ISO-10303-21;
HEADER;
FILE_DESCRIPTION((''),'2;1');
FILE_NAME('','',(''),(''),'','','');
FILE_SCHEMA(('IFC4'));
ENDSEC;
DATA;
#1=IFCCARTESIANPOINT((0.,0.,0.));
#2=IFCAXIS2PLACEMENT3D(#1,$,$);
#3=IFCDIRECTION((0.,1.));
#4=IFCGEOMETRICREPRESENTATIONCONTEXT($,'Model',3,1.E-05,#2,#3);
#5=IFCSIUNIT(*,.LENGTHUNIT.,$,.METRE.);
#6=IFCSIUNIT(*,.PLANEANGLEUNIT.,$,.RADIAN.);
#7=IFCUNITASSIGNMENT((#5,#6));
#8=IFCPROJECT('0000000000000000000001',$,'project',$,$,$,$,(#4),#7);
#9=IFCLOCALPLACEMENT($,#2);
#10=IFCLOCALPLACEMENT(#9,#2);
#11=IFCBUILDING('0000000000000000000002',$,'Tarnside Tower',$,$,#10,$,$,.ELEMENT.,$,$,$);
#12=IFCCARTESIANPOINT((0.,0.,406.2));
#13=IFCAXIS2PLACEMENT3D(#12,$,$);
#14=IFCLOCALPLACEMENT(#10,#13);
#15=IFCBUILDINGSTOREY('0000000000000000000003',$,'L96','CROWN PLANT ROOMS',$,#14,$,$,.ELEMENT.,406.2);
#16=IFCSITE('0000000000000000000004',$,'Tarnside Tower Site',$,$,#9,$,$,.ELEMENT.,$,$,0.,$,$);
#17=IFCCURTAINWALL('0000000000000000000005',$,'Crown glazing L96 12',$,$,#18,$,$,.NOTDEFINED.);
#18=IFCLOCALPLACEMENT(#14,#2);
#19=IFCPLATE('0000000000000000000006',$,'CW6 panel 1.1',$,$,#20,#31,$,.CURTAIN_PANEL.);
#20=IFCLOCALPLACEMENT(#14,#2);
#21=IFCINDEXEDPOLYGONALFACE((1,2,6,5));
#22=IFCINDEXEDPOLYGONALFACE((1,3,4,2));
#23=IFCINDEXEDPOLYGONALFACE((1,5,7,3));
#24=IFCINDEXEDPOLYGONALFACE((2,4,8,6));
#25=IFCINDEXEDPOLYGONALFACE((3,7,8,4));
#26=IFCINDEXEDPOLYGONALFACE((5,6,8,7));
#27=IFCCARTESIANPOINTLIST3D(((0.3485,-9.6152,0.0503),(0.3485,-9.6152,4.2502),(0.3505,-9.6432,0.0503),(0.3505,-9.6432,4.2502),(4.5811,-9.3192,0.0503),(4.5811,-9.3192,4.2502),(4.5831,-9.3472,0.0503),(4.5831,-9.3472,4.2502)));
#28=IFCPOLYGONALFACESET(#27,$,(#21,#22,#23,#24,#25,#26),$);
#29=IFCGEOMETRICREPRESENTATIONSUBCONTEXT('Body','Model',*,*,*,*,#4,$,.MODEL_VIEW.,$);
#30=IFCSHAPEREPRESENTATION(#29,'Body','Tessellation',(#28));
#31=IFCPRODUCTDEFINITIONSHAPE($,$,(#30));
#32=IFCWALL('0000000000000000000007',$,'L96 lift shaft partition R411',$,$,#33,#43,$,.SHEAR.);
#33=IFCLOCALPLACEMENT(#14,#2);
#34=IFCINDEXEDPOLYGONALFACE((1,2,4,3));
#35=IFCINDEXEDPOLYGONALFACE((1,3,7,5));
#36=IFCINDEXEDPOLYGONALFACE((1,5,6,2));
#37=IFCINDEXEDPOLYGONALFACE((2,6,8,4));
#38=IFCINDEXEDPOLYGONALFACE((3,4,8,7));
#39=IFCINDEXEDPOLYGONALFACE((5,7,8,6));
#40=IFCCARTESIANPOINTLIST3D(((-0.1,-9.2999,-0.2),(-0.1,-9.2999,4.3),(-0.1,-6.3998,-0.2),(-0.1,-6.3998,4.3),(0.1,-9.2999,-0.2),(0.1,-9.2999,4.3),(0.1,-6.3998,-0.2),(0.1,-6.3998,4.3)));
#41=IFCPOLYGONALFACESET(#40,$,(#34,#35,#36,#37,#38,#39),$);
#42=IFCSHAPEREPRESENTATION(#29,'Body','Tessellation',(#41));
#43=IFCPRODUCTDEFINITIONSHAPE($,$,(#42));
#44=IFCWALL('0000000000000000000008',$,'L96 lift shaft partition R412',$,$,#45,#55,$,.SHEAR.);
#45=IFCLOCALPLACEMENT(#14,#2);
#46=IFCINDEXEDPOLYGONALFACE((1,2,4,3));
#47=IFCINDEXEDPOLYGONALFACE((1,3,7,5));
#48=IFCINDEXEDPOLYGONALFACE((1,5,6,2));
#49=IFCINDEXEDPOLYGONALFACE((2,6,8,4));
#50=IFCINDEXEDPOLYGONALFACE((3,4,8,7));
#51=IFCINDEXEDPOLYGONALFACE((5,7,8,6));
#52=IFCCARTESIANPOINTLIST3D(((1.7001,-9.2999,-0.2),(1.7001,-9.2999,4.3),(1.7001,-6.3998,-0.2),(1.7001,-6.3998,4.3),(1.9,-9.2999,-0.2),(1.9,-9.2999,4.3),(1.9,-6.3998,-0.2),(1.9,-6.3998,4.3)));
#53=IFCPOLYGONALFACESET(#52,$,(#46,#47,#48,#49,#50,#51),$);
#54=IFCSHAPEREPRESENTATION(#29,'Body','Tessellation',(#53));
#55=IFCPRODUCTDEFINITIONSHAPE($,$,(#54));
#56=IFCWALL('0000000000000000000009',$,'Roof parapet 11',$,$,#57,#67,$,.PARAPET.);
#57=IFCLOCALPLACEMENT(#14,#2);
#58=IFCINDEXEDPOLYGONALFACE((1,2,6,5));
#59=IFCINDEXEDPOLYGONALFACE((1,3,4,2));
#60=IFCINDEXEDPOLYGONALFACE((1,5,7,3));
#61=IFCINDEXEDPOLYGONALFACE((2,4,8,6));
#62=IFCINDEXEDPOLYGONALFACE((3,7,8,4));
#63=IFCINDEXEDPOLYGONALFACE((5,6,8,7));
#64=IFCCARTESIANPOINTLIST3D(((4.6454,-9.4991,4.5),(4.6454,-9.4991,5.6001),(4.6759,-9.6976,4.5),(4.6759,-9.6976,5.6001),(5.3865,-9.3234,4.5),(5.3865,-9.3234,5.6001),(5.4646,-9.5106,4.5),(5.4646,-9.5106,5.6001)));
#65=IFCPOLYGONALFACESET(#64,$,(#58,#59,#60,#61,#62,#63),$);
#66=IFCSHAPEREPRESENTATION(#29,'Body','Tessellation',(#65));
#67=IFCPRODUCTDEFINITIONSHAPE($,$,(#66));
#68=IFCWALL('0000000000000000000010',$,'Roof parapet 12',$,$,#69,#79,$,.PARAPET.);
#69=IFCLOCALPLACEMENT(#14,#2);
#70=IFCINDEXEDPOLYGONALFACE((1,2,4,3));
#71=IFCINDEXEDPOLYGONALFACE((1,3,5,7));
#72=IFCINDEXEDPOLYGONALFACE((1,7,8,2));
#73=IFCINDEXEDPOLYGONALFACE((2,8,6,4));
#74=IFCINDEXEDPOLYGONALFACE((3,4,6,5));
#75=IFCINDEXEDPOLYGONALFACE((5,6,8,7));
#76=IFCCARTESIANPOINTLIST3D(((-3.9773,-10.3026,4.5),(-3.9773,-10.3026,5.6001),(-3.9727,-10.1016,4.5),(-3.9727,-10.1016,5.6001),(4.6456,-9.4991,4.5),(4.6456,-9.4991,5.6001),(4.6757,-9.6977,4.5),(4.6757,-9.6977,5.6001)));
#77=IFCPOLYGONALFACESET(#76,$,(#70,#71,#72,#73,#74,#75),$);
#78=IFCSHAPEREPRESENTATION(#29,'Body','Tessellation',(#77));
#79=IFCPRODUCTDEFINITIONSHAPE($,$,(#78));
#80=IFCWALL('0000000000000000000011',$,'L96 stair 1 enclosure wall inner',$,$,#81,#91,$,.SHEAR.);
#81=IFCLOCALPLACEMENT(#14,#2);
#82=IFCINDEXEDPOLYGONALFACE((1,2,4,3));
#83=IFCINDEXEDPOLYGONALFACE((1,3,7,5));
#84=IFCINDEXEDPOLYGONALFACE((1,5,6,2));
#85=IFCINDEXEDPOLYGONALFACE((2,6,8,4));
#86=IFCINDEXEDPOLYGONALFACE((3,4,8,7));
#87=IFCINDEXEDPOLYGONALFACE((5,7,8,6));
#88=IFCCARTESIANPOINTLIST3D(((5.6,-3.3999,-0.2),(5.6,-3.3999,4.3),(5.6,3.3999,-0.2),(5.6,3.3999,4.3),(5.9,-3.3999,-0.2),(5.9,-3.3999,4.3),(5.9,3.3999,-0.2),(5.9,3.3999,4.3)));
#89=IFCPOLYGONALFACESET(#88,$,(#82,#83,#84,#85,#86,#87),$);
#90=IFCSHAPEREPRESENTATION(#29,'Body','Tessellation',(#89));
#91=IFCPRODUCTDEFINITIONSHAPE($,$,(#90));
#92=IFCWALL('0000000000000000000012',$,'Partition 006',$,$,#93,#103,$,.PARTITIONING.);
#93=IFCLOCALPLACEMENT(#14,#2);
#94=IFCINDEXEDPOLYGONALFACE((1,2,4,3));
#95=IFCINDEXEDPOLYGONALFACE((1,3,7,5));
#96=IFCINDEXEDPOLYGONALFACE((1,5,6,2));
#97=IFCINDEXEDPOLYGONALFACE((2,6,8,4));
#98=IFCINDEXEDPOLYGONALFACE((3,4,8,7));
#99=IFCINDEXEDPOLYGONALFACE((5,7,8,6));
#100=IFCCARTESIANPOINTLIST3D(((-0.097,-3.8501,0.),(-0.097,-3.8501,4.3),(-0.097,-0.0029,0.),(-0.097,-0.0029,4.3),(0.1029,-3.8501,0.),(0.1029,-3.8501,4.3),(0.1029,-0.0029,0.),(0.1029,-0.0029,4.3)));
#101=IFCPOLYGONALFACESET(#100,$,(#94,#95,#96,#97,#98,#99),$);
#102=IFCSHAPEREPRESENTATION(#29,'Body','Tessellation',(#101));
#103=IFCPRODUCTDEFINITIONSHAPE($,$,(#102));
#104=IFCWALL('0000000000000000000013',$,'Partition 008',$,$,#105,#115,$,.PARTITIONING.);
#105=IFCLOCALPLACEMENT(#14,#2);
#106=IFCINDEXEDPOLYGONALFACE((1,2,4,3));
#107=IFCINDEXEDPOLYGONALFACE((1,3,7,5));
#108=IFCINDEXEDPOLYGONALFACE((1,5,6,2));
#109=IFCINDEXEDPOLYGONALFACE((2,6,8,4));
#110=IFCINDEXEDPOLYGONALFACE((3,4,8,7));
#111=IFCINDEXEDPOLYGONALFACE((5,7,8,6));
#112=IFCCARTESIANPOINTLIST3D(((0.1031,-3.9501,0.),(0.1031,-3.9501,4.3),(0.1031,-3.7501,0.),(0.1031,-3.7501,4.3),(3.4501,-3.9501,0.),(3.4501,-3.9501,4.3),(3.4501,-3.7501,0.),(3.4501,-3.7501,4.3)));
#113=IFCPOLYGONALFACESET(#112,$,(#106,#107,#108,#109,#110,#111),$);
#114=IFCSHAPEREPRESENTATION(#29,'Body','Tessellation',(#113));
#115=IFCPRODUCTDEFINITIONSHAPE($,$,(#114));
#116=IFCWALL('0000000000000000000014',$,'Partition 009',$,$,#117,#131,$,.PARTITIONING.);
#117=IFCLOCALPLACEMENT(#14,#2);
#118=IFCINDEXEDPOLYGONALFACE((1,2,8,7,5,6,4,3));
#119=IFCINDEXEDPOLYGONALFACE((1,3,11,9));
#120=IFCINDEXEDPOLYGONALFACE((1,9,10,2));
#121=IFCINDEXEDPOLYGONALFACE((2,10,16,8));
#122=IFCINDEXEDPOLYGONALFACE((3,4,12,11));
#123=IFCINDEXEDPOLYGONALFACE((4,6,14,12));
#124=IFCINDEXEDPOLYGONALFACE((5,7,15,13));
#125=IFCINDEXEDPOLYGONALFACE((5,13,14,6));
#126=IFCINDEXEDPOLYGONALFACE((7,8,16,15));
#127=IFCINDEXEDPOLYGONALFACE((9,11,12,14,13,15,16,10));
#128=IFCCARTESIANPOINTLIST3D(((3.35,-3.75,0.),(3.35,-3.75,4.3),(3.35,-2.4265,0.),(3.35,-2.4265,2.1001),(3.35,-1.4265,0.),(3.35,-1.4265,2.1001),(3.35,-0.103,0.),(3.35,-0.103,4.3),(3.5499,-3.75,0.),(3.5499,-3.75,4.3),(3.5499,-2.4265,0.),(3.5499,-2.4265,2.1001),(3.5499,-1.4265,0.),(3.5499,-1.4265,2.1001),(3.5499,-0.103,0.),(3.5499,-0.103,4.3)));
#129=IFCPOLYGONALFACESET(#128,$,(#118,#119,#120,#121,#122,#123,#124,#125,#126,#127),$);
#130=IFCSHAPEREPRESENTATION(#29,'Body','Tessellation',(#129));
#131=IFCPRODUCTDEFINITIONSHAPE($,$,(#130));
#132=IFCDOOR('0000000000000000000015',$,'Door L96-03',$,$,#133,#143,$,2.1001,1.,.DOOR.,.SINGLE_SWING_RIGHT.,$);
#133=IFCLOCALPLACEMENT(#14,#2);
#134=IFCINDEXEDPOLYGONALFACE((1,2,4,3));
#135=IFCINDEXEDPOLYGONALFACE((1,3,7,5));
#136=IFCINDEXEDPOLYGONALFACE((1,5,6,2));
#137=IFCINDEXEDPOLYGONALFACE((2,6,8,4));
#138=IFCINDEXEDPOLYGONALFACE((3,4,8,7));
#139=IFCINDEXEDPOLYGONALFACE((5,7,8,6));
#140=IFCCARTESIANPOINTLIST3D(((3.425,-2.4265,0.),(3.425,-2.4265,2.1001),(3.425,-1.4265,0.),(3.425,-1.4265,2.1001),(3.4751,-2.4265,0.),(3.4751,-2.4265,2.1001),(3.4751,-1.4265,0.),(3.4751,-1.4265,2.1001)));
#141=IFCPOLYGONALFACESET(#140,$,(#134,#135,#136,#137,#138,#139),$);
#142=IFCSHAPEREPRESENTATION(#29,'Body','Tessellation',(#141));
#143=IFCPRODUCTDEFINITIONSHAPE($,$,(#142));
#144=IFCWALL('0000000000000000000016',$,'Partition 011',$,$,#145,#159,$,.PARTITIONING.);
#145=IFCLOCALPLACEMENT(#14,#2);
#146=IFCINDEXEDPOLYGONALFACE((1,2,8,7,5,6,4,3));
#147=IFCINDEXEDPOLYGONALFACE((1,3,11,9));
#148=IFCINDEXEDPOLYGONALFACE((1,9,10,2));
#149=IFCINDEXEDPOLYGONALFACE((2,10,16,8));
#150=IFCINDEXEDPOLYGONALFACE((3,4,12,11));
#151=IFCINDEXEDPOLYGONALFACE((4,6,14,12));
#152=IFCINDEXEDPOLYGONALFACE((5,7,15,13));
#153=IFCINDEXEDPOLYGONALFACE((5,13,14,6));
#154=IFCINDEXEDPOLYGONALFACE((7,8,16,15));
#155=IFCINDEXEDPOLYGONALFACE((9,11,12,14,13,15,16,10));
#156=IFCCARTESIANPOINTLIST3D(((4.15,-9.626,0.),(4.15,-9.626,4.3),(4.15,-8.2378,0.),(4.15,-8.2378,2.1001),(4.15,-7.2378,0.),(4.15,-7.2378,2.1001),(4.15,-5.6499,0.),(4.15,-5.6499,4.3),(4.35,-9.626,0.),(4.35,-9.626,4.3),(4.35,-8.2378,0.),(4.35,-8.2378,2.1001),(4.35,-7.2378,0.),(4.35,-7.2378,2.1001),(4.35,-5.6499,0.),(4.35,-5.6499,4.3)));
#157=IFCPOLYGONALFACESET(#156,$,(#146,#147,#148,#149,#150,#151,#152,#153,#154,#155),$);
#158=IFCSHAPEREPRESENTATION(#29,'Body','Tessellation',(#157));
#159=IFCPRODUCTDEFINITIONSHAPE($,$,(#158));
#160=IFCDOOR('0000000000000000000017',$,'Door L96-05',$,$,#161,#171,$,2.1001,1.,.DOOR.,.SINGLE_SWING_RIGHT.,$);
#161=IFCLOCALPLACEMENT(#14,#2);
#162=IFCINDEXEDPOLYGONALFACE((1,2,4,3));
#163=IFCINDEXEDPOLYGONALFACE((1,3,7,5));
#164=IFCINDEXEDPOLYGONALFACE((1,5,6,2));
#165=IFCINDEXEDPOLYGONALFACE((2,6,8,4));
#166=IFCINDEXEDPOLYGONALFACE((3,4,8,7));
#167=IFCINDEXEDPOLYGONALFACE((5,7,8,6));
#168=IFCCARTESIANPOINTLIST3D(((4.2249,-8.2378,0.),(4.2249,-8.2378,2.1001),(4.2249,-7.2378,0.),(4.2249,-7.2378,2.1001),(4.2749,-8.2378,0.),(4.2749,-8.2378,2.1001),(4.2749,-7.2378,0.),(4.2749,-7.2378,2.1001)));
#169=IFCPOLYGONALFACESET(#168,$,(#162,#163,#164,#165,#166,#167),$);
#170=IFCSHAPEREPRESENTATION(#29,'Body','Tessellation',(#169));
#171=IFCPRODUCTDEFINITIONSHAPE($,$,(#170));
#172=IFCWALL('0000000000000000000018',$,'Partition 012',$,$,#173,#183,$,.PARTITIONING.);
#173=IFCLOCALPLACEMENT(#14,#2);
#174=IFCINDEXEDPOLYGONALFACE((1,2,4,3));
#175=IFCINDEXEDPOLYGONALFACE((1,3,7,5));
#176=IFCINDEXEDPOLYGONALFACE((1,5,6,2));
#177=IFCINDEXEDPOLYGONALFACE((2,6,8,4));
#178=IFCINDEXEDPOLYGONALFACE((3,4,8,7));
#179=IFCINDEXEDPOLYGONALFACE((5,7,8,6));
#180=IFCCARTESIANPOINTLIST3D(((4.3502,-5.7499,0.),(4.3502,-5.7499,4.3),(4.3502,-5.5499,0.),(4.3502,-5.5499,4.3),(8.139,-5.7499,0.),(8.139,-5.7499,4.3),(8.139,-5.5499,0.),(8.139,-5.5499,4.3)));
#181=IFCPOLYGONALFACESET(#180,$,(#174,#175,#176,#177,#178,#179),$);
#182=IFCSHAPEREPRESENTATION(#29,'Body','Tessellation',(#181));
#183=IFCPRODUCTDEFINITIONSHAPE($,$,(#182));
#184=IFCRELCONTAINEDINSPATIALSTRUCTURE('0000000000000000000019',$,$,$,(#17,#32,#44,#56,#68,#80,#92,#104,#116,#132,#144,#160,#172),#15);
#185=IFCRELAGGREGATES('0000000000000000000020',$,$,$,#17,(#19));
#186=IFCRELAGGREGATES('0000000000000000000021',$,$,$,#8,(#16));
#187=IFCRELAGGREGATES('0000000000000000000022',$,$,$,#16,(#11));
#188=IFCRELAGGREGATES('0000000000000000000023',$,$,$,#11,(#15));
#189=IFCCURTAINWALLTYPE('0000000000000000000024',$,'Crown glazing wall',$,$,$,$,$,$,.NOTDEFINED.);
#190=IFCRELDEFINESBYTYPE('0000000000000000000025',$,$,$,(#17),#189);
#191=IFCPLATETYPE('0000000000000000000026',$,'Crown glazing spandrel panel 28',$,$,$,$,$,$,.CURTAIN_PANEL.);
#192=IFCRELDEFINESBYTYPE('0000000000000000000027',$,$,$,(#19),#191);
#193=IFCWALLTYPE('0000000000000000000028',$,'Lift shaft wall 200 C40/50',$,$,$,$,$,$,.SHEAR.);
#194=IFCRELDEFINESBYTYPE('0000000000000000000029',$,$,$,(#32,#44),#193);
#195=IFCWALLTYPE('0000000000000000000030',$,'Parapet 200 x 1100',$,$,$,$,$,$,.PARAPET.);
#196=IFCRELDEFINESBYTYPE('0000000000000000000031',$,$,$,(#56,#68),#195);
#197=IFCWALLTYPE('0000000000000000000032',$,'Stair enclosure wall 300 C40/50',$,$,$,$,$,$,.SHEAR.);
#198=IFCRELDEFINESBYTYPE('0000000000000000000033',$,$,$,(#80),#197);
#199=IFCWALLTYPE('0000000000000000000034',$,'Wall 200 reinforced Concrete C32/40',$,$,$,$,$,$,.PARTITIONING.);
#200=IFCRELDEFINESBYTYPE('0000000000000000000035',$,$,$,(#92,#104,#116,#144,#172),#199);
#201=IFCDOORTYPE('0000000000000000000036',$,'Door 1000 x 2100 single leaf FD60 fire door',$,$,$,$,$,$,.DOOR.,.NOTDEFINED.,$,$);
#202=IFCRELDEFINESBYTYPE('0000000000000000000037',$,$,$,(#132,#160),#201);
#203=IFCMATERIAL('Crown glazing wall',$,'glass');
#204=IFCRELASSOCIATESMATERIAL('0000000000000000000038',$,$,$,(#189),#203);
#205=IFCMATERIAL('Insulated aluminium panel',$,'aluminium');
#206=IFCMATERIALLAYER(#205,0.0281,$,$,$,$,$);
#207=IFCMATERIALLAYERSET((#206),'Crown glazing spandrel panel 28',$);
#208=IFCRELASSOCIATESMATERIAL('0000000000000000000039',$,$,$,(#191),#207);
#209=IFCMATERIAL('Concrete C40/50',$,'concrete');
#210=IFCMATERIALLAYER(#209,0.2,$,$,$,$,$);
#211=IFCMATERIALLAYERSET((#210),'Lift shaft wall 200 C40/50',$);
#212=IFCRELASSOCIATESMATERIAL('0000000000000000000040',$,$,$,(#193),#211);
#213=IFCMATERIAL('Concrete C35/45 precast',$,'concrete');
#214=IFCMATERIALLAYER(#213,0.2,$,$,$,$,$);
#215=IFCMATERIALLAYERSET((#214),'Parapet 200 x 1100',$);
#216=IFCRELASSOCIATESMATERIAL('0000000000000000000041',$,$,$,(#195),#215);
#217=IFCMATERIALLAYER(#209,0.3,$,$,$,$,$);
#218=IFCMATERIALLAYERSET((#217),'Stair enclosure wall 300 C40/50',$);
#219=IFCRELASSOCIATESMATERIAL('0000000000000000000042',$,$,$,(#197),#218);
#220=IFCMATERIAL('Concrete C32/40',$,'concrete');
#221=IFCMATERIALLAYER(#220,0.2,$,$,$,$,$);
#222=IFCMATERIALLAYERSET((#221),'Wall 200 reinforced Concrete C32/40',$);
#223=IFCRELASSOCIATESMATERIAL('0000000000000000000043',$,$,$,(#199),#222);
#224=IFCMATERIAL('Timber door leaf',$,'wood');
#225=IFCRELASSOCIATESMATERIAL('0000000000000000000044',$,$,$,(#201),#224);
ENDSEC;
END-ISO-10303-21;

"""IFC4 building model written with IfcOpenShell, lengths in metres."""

from ifc_helpers import new_model, si_unit, direction, frame, frame_2d, origin, origin_2d, place, context, subcontext, project, spatial, polyline, rectangle, outline, extrude, material, layer, layer_set, type_object, element, fill, aggregate, save


model = new_model("IFC4")

# Units and contexts
model_context = context("Model", 3, precision=1e-05, world=origin(), true_north=direction((0.0, 1.0)))
body_context = subcontext(model_context, "Body", "Model", "MODEL_VIEW")
ifc_project = project(units=[si_unit("LENGTHUNIT", "METRE"), si_unit("PLANEANGLEUNIT", "RADIAN")], contexts=[model_context])

# Site, building, storey
site_placement = place(None, origin())
site = spatial("IfcSite", under=ifc_project, at=site_placement, Name="Tarnside Tower Site", CompositionType="ELEMENT", RefElevation=0.0)
building_placement = place(site_placement, origin())
building = spatial("IfcBuilding", under=site, at=building_placement, Name="Tarnside Tower", CompositionType="ELEMENT")
storey_placement = place(building_placement, frame((0.0, 0.0, 406.2)))
storey = spatial("IfcBuildingStorey", under=building, at=storey_placement, Name="L96", Description="CROWN PLANT ROOMS", CompositionType="ELEMENT", Elevation=406.2)

# Shared definitions
ifc_material_1 = material(Name="Crown glazing wall", Category="glass")
curtain_wall_type = type_object("IfcCurtainWallType", Name="Crown glazing wall", PredefinedType="NOTDEFINED", material=ifc_material_1)

# Curtain wall
curtain_wall_1_placement = place(storey_placement, origin())
curtain_wall_1 = element("IfcCurtainWall", 1, at=curtain_wall_1_placement, inside=storey, type_object=curtain_wall_type, Name="Crown glazing L96 12", PredefinedType="NOTDEFINED")

# Plate
ifc_material_2 = material(Name="Insulated aluminium panel", Category="aluminium")
ifc_layer_1 = layer(ifc_material_2, 0.0281)
ifc_layer_set_1 = layer_set([ifc_layer_1], Name="Crown glazing spandrel panel 28")
plate_type_1 = type_object("IfcPlateType", Name="Crown glazing spandrel panel 28", PredefinedType="CURTAIN_PANEL", material=ifc_layer_set_1)
plate_1_placement = place(storey_placement, frame((2.4658, -9.4812, 0.0503), z_axis=(0.0, 0.0, 1.0), x_axis=(-0.997564, -0.069756, 0.0)))
plate_1 = element("IfcPlate", 2, at=plate_1_placement, type_object=plate_type_1, Name="CW6 panel 1.1", PredefinedType="CURTAIN_PANEL", context=body_context, shape_type="SweptSolid", body=[
    extrude(rectangle(XDim=4.2429, YDim=0.0281, at=origin_2d()), origin(), (0.0, 0.0, 1.0), 4.2),
])
aggregate(curtain_wall_1, [plate_1])

# Walls
ifc_material_3 = material(Name="Concrete C40/50", Category="concrete")
ifc_layer_2 = layer(ifc_material_3, 0.2)
ifc_layer_set_2 = layer_set([ifc_layer_2], Name="Lift shaft wall 200 C40/50")
wall_type_1 = type_object("IfcWallType", Name="Lift shaft wall 200 C40/50", PredefinedType="SHEAR", material=ifc_layer_set_2)
for number, where, z_axis, x_axis, name in (
    (3, (0.0, -9.3, -0.2), (0.0, 0.0, 1.0), (0.0, 1.0, 0.0), "L96 lift shaft partition R411"),
    (4, (1.8, -9.3, -0.2), (0.0, 0.0, 1.0), (0.0, 1.0, 0.0), "L96 lift shaft partition R412"),
):
    element("IfcWall", number, at=place(storey_placement, frame(where, z_axis=z_axis, x_axis=x_axis)), inside=storey, type_object=wall_type_1, Name=name, PredefinedType="SHEAR", context=body_context, shape_type="SweptSolid", body=[
        extrude(rectangle(XDim=2.9001, YDim=0.2, at=frame_2d((1.4502, 0.0))), origin(), (0.0, 0.0, 1.0), 4.5),
    ])
ifc_material_4 = material(Name="Concrete C35/45 precast", Category="concrete")
ifc_layer_3 = layer(ifc_material_4, 0.2)
ifc_layer_set_3 = layer_set([ifc_layer_3], Name="Parapet 200 x 1100")
wall_type_2 = type_object("IfcWallType", Name="Parapet 200 x 1100", PredefinedType="PARAPET", material=ifc_layer_set_3)
wall_1_placement = place(storey_placement, frame((5.4255, -9.417, 4.5), z_axis=(0.0, 0.0, 1.0), x_axis=(-0.973012, -0.230753, 0.0)))
element("IfcWall", 5, at=wall_1_placement, inside=storey, type_object=wall_type_2, Name="Roof parapet 11", PredefinedType="PARAPET", context=body_context, shape_type="SweptSolid", body=[
    extrude(outline(polyline([(0.0164, -0.1001), (0.7781, -0.1001), (0.7942, 0.1001), (-0.0164, 0.1001), (0.0164, -0.1001)])), origin(), (0.0, 0.0, 1.0), 1.1001),
])
wall_2_placement = place(storey_placement, frame((4.6606, -9.5984, 4.5), z_axis=(0.0, 0.0, 1.0), x_axis=(-0.997565, -0.069744, 0.0)))
element("IfcWall", 6, at=wall_2_placement, inside=storey, type_object=wall_type_2, Name="Roof parapet 12", PredefinedType="PARAPET", context=body_context, shape_type="SweptSolid", body=[
    extrude(outline(polyline([(0.0081, -0.1001), (8.6475, -0.1001), (8.666, 0.1001), (-0.0081, 0.1001), (0.0081, -0.1001)])), origin(), (0.0, 0.0, 1.0), 1.1001),
])
ifc_layer_4 = layer(ifc_material_3, 0.3)
ifc_layer_set_4 = layer_set([ifc_layer_4], Name="Stair enclosure wall 300 C40/50")
wall_type_3 = type_object("IfcWallType", Name="Stair enclosure wall 300 C40/50", PredefinedType="SHEAR", material=ifc_layer_set_4)
wall_3_placement = place(storey_placement, frame((5.75, -3.3999, -0.2), z_axis=(0.0, 0.0, 1.0), x_axis=(0.0, 1.0, 0.0)))
element("IfcWall", 7, at=wall_3_placement, inside=storey, type_object=wall_type_3, Name="L96 stair 1 enclosure wall inner", PredefinedType="SHEAR", context=body_context, shape_type="SweptSolid", body=[
    extrude(rectangle(XDim=6.7998, YDim=0.3, at=frame_2d((3.3999, 0.0))), origin(), (0.0, 0.0, 1.0), 4.5),
])
ifc_material_5 = material(Name="Concrete C32/40", Category="concrete")
ifc_layer_5 = layer(ifc_material_5, 0.2)
ifc_layer_set_5 = layer_set([ifc_layer_5], Name="Wall 200 reinforced Concrete C32/40")
wall_type_4 = type_object("IfcWallType", Name="Wall 200 reinforced Concrete C32/40", PredefinedType="PARTITIONING", material=ifc_layer_set_5)
wall_4_placement = place(storey_placement, frame((0.0029, -3.8501, 0.0), z_axis=(0.0, 0.0, 1.0), x_axis=(0.0, 1.0, 0.0)))
element("IfcWall", 8, at=wall_4_placement, inside=storey, type_object=wall_type_4, Name="Partition 006", PredefinedType="PARTITIONING", context=body_context, shape_type="SweptSolid", body=[
    extrude(rectangle(XDim=3.8472, YDim=0.2, at=frame_2d((1.9236, 0.0))), origin(), (0.0, 0.0, 1.0), 4.3),
])
wall_5_placement = place(storey_placement, frame((3.45, -3.8501, 0.0), z_axis=(0.0, 0.0, 1.0), x_axis=(-1.0, 0.0, 0.0)))
element("IfcWall", 9, at=wall_5_placement, inside=storey, type_object=wall_type_4, Name="Partition 008", PredefinedType="PARTITIONING", context=body_context, shape_type="SweptSolid", body=[
    extrude(rectangle(XDim=3.3469, YDim=0.2, at=frame_2d((1.6733, 0.0))), origin(), (0.0, 0.0, 1.0), 4.3),
])

# Walls, openings, doors
wall_6_placement = place(storey_placement, frame((3.45, -3.75, 0.0), z_axis=(0.0, 0.0, 1.0), x_axis=(0.0, 1.0, 0.0)))
wall_6 = element("IfcWall", 10, at=wall_6_placement, inside=storey, type_object=wall_type_4, Name="Partition 009", PredefinedType="PARTITIONING", context=body_context, shape_type="SweptSolid", body=[
    extrude(rectangle(XDim=3.647, YDim=0.2, at=frame_2d((1.8235, 0.0))), origin(), (0.0, 0.0, 1.0), 4.3),
])
opening_1_placement = place(wall_6_placement, frame((1.3235, 0.0, 0.0)))
opening_1 = element("IfcOpeningElement", 11, at=opening_1_placement, cuts=wall_6, PredefinedType="OPENING", context=body_context, shape_type="SweptSolid", body=[
    extrude(rectangle(XDim=1.0, YDim=2.1001, at=frame_2d((0.5, 1.05))), frame((0.0, 0.1099, 0.0), z_axis=(0.0, -1.0, 0.0), x_axis=(1.0, 0.0, 0.0)), (0.0, 0.0, 1.0), 0.22),
])
ifc_material_6 = material(Name="Timber door leaf", Category="wood")
door_type = type_object("IfcDoorType", Name="Door 1000 x 2100 single leaf FD60 fire door", OperationType="NOTDEFINED", PredefinedType="DOOR", material=ifc_material_6)
door_1_placement = place(opening_1_placement, origin())
door_1 = element("IfcDoor", 12, at=door_1_placement, inside=storey, type_object=door_type, Name="Door L96-03", OperationType="SINGLE_SWING_RIGHT", OverallHeight=2.1001, OverallWidth=1.0, PredefinedType="DOOR", context=body_context, shape_type="SweptSolid", body=[
    extrude(rectangle(XDim=1.0, YDim=2.1001, at=frame_2d((0.5, 1.05))), frame((0.0, 0.0249, 0.0), z_axis=(0.0, -1.0, 0.0), x_axis=(1.0, 0.0, 0.0)), (0.0, 0.0, 1.0), 0.05),
])
fill(opening_1, door_1)
wall_7_placement = place(storey_placement, frame((4.25, -5.6499, 0.0), z_axis=(0.0, 0.0, 1.0), x_axis=(0.0, -1.0, 0.0)))
wall_7 = element("IfcWall", 13, at=wall_7_placement, inside=storey, type_object=wall_type_4, Name="Partition 011", PredefinedType="PARTITIONING", context=body_context, shape_type="SweptSolid", body=[
    extrude(rectangle(XDim=3.9761, YDim=0.2, at=frame_2d((1.988, 0.0))), origin(), (0.0, 0.0, 1.0), 4.3),
])
opening_2_placement = place(wall_7_placement, frame((1.5879, 0.0, 0.0)))
opening_2 = element("IfcOpeningElement", 14, at=opening_2_placement, cuts=wall_7, PredefinedType="OPENING", context=body_context, shape_type="SweptSolid", body=[
    extrude(rectangle(XDim=1.0, YDim=2.1001, at=frame_2d((0.5, 1.05))), frame((0.0, 0.1099, 0.0), z_axis=(0.0, -1.0, 0.0), x_axis=(1.0, 0.0, 0.0)), (0.0, 0.0, 1.0), 0.22),
])
door_2_placement = place(opening_2_placement, origin())
door_2 = element("IfcDoor", 15, at=door_2_placement, inside=storey, type_object=door_type, Name="Door L96-05", OperationType="SINGLE_SWING_RIGHT", OverallHeight=2.1001, OverallWidth=1.0, PredefinedType="DOOR", context=body_context, shape_type="SweptSolid", body=[
    extrude(rectangle(XDim=1.0, YDim=2.1001, at=frame_2d((0.5, 1.05))), frame((0.0, 0.0249, 0.0), z_axis=(0.0, -1.0, 0.0), x_axis=(1.0, 0.0, 0.0)), (0.0, 0.0, 1.0), 0.05),
])
fill(opening_2, door_2)

# Wall
wall_8_placement = place(storey_placement, frame((4.3501, -5.6499, 0.0), z_axis=(0.0, 0.0, 1.0), x_axis=(1.0, 0.0, 0.0)))
element("IfcWall", 16, at=wall_8_placement, inside=storey, type_object=wall_type_4, Name="Partition 012", PredefinedType="PARTITIONING", context=body_context, shape_type="SweptSolid", body=[
    extrude(rectangle(XDim=3.7888, YDim=0.2, at=frame_2d((1.8945, 0.0))), origin(), (0.0, 0.0, 1.0), 4.3),
])

save(model, "model.ifc")
